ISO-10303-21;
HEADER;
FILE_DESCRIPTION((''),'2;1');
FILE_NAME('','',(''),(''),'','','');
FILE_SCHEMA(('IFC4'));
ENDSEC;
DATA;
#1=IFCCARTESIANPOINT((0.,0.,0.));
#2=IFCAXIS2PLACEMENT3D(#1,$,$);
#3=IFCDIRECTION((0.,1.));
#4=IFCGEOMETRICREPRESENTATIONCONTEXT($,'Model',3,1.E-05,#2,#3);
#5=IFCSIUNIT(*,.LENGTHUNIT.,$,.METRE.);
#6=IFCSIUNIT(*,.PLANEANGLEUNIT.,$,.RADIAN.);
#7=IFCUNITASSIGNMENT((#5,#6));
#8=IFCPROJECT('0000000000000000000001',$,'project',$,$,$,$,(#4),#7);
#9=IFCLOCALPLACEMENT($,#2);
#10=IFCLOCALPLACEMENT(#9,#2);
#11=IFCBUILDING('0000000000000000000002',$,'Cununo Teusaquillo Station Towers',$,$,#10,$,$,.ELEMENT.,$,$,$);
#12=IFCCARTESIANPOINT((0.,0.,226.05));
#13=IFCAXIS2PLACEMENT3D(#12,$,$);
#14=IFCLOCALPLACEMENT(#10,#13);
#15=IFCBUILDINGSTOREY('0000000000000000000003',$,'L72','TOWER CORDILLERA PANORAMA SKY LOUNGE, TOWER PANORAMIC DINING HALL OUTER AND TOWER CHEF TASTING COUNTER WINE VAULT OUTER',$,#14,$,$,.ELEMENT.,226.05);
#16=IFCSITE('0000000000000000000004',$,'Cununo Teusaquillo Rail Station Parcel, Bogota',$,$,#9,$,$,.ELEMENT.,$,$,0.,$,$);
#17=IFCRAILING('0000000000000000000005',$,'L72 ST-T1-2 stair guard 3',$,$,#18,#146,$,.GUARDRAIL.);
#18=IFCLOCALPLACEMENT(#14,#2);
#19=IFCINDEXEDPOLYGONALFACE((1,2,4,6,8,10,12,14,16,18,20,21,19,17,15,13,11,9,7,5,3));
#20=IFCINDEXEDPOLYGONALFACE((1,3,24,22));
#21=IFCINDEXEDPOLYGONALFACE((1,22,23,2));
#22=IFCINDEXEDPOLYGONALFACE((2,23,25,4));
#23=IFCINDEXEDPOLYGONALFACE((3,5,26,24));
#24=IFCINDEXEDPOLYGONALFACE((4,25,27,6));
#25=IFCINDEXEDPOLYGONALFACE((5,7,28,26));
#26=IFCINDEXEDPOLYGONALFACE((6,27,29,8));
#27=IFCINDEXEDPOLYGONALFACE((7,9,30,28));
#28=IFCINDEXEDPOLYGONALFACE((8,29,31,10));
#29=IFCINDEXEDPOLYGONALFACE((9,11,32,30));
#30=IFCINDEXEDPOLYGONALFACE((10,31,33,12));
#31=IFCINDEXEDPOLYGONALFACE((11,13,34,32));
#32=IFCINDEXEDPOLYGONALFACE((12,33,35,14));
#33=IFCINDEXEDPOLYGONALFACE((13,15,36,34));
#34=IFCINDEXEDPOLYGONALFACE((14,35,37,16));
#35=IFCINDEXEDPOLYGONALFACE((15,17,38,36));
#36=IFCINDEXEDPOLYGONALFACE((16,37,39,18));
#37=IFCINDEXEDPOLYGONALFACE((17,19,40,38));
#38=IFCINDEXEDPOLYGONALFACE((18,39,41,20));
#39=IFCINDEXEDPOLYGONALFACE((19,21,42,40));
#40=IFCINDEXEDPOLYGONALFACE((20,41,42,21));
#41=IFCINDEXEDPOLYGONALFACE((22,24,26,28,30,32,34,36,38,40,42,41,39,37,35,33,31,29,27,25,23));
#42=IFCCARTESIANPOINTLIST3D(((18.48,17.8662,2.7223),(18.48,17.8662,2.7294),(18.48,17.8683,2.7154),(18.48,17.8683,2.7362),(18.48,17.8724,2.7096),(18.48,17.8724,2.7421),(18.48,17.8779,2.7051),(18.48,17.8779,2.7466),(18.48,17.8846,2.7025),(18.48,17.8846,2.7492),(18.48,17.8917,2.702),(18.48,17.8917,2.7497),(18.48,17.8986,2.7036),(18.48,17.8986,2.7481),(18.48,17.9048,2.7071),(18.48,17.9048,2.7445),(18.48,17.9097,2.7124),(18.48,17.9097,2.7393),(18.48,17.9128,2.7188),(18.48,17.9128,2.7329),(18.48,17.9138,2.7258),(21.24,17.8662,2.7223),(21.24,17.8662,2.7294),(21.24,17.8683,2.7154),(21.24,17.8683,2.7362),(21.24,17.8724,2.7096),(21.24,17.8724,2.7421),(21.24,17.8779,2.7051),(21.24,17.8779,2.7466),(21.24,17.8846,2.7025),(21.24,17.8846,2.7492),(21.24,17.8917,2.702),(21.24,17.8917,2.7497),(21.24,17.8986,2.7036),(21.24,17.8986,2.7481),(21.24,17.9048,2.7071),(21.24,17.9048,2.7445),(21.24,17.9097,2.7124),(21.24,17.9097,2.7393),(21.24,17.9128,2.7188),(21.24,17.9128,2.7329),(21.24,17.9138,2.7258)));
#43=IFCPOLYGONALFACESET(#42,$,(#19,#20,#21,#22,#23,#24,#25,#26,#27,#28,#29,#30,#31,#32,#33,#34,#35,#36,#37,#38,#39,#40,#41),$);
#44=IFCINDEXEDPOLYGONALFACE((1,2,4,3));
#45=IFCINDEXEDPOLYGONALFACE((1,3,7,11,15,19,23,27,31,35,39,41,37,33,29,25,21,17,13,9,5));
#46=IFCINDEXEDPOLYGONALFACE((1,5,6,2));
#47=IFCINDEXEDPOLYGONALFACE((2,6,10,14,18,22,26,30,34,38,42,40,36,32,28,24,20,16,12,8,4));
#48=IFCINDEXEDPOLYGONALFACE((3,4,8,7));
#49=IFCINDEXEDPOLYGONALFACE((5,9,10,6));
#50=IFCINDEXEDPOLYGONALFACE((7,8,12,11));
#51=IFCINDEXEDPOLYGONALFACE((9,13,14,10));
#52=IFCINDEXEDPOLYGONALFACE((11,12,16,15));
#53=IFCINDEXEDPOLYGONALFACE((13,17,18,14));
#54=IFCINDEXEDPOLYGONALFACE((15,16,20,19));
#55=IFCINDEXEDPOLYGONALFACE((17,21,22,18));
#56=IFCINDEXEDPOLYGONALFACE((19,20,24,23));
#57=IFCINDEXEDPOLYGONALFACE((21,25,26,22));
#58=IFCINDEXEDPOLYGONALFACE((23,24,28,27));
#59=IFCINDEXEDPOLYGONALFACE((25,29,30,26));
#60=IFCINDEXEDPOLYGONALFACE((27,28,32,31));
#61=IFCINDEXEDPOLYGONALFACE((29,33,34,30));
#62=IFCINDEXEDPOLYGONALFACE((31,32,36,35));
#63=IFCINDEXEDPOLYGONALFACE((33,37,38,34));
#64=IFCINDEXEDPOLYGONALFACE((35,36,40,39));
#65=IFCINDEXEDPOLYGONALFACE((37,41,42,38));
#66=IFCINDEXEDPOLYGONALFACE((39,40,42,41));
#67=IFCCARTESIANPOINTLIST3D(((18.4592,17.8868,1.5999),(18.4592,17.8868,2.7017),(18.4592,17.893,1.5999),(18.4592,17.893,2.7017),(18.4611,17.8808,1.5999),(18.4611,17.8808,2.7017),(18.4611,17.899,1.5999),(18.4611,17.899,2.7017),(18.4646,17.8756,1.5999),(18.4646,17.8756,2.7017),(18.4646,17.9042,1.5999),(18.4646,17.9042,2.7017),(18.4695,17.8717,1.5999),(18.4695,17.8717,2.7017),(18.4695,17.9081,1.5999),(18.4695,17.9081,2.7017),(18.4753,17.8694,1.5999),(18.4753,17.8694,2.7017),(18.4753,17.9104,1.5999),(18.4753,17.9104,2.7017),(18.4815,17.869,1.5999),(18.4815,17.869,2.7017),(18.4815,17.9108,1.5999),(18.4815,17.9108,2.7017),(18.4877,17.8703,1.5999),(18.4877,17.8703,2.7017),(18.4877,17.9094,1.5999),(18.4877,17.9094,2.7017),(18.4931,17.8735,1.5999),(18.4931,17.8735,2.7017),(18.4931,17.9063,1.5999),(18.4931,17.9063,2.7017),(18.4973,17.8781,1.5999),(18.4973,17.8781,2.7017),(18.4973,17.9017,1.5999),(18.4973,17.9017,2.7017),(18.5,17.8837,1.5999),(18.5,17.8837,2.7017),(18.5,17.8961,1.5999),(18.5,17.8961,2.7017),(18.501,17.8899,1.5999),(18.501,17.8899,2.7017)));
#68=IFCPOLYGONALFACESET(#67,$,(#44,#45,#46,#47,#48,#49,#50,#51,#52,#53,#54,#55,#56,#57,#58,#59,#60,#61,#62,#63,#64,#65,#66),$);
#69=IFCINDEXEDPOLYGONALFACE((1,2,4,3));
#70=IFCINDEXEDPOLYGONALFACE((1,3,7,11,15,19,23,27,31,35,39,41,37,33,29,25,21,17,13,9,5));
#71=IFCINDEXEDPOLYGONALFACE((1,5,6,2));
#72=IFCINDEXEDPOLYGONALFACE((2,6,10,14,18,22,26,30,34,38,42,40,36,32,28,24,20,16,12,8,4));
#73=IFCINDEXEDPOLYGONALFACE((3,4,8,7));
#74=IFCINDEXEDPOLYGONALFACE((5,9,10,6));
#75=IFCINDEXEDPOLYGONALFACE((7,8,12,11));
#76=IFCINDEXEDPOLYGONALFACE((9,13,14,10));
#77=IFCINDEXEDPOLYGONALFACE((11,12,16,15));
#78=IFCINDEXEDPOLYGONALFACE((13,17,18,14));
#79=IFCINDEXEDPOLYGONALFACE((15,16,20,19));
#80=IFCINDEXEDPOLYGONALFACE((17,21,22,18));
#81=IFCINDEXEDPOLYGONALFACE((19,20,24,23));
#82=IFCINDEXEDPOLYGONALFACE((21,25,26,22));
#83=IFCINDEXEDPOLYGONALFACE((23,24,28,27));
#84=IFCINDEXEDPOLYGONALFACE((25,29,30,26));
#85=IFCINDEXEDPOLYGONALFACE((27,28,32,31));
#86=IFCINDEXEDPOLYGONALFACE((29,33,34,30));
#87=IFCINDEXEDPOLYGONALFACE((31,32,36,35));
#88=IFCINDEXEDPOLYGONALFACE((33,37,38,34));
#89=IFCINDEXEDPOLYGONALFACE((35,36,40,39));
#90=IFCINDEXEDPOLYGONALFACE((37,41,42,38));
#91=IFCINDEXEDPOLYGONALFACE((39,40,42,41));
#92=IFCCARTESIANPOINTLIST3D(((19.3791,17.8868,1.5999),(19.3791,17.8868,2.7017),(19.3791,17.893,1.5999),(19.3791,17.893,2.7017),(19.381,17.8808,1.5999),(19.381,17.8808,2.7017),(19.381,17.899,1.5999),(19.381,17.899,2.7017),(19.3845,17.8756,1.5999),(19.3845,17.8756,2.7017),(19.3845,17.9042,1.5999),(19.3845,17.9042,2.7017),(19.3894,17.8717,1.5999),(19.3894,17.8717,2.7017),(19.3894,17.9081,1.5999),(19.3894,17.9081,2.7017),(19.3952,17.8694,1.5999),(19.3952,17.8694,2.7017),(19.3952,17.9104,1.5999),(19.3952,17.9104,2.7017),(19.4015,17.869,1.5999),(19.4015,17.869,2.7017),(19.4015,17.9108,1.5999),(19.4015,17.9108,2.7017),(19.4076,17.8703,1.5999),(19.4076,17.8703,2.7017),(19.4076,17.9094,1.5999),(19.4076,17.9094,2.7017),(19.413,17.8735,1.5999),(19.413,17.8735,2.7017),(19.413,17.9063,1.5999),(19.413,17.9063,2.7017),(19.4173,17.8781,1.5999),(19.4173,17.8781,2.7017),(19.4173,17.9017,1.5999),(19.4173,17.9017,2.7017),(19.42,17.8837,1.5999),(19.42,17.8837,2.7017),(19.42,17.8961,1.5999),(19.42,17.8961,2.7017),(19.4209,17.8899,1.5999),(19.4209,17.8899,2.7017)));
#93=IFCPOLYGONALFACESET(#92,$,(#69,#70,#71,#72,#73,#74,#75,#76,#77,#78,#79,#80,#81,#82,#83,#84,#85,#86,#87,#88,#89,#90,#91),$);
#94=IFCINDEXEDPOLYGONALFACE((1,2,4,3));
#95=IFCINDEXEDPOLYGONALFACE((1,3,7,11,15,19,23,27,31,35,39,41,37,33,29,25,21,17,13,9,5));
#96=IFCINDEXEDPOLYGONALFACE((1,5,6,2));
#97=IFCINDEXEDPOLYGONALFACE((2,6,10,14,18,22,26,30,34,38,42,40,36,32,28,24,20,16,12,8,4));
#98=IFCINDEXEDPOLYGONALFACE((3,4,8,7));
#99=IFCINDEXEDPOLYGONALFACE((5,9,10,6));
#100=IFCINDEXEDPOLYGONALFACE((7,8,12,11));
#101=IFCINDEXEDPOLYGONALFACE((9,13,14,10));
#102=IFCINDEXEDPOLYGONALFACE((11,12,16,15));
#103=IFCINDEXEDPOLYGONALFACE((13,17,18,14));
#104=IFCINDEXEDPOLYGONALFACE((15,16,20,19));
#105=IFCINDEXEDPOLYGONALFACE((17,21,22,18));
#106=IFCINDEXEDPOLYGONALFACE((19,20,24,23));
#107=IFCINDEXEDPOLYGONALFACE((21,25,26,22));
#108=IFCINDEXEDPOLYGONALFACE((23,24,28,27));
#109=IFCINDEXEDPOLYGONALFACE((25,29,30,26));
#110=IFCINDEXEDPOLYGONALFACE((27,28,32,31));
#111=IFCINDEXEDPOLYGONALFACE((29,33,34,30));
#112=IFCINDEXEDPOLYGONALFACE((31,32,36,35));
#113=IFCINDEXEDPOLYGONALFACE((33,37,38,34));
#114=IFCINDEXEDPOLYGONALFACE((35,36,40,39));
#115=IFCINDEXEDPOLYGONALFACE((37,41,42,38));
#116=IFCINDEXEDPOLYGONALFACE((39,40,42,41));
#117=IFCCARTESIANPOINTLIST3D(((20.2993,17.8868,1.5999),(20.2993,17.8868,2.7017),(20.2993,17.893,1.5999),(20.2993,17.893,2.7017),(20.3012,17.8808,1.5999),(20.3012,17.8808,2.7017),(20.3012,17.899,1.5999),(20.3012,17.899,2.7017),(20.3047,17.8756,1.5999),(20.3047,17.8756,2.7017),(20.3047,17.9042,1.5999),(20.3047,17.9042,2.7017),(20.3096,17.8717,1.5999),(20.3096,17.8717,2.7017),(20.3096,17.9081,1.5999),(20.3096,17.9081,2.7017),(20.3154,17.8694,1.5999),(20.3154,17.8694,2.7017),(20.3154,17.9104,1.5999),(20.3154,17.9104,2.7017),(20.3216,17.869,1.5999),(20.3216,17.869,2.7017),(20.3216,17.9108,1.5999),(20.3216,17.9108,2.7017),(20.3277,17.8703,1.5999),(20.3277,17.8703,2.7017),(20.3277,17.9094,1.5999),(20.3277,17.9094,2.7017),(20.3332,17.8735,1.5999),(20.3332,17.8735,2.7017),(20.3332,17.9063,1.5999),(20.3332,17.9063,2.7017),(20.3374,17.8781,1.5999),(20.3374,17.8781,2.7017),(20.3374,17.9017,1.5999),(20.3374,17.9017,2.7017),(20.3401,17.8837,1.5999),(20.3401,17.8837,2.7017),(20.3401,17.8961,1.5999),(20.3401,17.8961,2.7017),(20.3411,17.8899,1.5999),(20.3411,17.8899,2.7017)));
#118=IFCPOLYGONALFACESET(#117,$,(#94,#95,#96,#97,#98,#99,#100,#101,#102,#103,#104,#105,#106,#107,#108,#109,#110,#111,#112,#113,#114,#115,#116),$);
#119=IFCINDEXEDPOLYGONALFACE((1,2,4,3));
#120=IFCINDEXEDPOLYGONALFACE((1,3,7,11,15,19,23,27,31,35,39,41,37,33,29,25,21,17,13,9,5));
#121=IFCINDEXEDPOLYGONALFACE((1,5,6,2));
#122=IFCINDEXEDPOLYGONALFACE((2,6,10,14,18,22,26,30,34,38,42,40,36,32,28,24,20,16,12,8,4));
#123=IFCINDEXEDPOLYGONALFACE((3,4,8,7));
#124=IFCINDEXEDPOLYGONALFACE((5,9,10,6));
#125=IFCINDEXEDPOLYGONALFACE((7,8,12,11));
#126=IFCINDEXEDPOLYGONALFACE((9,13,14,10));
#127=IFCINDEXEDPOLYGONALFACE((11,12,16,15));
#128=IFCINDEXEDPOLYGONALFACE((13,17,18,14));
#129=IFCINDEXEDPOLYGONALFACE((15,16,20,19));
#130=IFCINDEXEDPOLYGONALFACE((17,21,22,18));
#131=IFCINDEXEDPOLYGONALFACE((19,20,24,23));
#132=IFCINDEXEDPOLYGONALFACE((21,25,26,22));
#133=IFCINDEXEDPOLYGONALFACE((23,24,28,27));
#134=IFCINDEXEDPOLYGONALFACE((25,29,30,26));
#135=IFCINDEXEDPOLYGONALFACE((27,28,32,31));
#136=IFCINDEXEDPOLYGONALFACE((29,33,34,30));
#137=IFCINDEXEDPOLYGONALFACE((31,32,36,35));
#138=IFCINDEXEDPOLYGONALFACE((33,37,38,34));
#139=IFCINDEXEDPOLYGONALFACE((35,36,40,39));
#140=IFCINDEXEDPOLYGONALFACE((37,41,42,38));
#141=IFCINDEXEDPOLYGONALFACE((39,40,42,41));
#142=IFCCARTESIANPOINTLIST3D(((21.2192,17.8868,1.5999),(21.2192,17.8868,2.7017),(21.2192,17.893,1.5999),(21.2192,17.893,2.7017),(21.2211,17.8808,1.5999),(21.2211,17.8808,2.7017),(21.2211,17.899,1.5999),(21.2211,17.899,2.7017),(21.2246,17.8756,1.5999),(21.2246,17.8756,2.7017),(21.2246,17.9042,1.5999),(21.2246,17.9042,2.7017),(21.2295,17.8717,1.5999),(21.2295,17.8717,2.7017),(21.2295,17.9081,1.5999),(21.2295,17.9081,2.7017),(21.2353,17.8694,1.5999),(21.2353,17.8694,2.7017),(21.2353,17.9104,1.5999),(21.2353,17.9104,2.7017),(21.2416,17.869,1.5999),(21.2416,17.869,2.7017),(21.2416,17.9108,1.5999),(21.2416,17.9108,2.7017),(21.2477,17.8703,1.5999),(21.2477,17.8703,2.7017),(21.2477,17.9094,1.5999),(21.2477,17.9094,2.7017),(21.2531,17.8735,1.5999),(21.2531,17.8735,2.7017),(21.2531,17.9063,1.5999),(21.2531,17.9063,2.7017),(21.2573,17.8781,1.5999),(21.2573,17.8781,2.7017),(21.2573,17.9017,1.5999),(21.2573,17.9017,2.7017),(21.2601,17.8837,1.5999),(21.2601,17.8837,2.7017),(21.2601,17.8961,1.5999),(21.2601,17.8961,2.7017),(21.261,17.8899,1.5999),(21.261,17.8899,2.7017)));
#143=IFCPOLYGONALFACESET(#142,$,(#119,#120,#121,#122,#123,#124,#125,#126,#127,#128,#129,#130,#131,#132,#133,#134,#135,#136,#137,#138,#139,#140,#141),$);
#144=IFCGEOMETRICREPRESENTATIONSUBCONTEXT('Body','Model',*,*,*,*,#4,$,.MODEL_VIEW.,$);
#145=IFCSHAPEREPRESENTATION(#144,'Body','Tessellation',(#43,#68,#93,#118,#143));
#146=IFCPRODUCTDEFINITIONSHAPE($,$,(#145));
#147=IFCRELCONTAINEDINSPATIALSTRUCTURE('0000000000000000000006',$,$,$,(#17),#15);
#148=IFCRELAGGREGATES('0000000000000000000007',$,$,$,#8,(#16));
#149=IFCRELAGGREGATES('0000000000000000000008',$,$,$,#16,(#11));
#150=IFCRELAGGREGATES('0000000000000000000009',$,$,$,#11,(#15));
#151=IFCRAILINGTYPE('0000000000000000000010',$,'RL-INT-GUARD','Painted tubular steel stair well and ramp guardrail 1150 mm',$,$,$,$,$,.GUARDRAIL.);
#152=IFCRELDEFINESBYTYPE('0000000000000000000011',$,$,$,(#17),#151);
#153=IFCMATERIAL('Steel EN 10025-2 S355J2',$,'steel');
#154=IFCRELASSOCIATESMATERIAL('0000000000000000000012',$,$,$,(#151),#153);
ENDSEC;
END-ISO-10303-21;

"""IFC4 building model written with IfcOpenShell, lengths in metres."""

from ifc_helpers import new_model, si_unit, direction, frame, origin, origin_2d, place, context, subcontext, project, spatial, circle, extrude, material, type_object, element, save


model = new_model("IFC4")

# Units and contexts
model_context = context("Model", 3, precision=1e-05, world=origin(), true_north=direction((0.0, 1.0)))
body_context = subcontext(model_context, "Body", "Model", "MODEL_VIEW")
ifc_project = project(units=[si_unit("LENGTHUNIT", "METRE"), si_unit("PLANEANGLEUNIT", "RADIAN")], contexts=[model_context])

# Site, building, storey
site_placement = place(None, origin())
site = spatial("IfcSite", under=ifc_project, at=site_placement, Name="Cununo Teusaquillo Rail Station Parcel, Bogota", CompositionType="ELEMENT", RefElevation=0.0)
building_placement = place(site_placement, origin())
building = spatial("IfcBuilding", under=site, at=building_placement, Name="Cununo Teusaquillo Station Towers", CompositionType="ELEMENT")
storey_placement = place(building_placement, frame((0.0, 0.0, 226.05)))
storey = spatial("IfcBuildingStorey", under=building, at=storey_placement, Name="L72", Description="TOWER CORDILLERA PANORAMA SKY LOUNGE, TOWER PANORAMIC DINING HALL OUTER AND TOWER CHEF TASTING COUNTER WINE VAULT OUTER", CompositionType="ELEMENT", Elevation=226.05)

# Railing
ifc_material_1 = material(Name="Steel EN 10025-2 S355J2", Category="steel")
railing_type_1 = type_object("IfcRailingType", Name="RL-INT-GUARD", Description="Painted tubular steel stair well and ramp guardrail 1150 mm", PredefinedType="GUARDRAIL", material=ifc_material_1)
railing_1_placement = place(storey_placement, frame((18.48, 17.8899, 1.5999)))
element("IfcRailing", 1, at=railing_1_placement, inside=storey, type_object=railing_type_1, Name="L72 ST-T1-2 stair guard 3", PredefinedType="GUARDRAIL", context=body_context, shape_type="SweptSolid", body=[
    extrude(circle(Radius=0.0239, at=origin_2d()), frame((0.0, 0.0, 1.126), z_axis=(1.0, 0.0, 0.0), x_axis=(0.0, 1.0, 0.0)), (0.0, 0.0, 1.0), 2.76),
    extrude(circle(Radius=0.021, at=origin_2d()), origin(), (0.0, 0.0, 1.0), 1.1018),
    extrude(circle(Radius=0.021, at=origin_2d()), frame((0.9199, 0.0, 0.0)), (0.0, 0.0, 1.0), 1.1018),
    extrude(circle(Radius=0.021, at=origin_2d()), frame((1.8401, 0.0, 0.0)), (0.0, 0.0, 1.0), 1.1018),
    extrude(circle(Radius=0.021, at=origin_2d()), frame((2.76, 0.0, 0.0)), (0.0, 0.0, 1.0), 1.1018),
])

save(model, "model.ifc")
